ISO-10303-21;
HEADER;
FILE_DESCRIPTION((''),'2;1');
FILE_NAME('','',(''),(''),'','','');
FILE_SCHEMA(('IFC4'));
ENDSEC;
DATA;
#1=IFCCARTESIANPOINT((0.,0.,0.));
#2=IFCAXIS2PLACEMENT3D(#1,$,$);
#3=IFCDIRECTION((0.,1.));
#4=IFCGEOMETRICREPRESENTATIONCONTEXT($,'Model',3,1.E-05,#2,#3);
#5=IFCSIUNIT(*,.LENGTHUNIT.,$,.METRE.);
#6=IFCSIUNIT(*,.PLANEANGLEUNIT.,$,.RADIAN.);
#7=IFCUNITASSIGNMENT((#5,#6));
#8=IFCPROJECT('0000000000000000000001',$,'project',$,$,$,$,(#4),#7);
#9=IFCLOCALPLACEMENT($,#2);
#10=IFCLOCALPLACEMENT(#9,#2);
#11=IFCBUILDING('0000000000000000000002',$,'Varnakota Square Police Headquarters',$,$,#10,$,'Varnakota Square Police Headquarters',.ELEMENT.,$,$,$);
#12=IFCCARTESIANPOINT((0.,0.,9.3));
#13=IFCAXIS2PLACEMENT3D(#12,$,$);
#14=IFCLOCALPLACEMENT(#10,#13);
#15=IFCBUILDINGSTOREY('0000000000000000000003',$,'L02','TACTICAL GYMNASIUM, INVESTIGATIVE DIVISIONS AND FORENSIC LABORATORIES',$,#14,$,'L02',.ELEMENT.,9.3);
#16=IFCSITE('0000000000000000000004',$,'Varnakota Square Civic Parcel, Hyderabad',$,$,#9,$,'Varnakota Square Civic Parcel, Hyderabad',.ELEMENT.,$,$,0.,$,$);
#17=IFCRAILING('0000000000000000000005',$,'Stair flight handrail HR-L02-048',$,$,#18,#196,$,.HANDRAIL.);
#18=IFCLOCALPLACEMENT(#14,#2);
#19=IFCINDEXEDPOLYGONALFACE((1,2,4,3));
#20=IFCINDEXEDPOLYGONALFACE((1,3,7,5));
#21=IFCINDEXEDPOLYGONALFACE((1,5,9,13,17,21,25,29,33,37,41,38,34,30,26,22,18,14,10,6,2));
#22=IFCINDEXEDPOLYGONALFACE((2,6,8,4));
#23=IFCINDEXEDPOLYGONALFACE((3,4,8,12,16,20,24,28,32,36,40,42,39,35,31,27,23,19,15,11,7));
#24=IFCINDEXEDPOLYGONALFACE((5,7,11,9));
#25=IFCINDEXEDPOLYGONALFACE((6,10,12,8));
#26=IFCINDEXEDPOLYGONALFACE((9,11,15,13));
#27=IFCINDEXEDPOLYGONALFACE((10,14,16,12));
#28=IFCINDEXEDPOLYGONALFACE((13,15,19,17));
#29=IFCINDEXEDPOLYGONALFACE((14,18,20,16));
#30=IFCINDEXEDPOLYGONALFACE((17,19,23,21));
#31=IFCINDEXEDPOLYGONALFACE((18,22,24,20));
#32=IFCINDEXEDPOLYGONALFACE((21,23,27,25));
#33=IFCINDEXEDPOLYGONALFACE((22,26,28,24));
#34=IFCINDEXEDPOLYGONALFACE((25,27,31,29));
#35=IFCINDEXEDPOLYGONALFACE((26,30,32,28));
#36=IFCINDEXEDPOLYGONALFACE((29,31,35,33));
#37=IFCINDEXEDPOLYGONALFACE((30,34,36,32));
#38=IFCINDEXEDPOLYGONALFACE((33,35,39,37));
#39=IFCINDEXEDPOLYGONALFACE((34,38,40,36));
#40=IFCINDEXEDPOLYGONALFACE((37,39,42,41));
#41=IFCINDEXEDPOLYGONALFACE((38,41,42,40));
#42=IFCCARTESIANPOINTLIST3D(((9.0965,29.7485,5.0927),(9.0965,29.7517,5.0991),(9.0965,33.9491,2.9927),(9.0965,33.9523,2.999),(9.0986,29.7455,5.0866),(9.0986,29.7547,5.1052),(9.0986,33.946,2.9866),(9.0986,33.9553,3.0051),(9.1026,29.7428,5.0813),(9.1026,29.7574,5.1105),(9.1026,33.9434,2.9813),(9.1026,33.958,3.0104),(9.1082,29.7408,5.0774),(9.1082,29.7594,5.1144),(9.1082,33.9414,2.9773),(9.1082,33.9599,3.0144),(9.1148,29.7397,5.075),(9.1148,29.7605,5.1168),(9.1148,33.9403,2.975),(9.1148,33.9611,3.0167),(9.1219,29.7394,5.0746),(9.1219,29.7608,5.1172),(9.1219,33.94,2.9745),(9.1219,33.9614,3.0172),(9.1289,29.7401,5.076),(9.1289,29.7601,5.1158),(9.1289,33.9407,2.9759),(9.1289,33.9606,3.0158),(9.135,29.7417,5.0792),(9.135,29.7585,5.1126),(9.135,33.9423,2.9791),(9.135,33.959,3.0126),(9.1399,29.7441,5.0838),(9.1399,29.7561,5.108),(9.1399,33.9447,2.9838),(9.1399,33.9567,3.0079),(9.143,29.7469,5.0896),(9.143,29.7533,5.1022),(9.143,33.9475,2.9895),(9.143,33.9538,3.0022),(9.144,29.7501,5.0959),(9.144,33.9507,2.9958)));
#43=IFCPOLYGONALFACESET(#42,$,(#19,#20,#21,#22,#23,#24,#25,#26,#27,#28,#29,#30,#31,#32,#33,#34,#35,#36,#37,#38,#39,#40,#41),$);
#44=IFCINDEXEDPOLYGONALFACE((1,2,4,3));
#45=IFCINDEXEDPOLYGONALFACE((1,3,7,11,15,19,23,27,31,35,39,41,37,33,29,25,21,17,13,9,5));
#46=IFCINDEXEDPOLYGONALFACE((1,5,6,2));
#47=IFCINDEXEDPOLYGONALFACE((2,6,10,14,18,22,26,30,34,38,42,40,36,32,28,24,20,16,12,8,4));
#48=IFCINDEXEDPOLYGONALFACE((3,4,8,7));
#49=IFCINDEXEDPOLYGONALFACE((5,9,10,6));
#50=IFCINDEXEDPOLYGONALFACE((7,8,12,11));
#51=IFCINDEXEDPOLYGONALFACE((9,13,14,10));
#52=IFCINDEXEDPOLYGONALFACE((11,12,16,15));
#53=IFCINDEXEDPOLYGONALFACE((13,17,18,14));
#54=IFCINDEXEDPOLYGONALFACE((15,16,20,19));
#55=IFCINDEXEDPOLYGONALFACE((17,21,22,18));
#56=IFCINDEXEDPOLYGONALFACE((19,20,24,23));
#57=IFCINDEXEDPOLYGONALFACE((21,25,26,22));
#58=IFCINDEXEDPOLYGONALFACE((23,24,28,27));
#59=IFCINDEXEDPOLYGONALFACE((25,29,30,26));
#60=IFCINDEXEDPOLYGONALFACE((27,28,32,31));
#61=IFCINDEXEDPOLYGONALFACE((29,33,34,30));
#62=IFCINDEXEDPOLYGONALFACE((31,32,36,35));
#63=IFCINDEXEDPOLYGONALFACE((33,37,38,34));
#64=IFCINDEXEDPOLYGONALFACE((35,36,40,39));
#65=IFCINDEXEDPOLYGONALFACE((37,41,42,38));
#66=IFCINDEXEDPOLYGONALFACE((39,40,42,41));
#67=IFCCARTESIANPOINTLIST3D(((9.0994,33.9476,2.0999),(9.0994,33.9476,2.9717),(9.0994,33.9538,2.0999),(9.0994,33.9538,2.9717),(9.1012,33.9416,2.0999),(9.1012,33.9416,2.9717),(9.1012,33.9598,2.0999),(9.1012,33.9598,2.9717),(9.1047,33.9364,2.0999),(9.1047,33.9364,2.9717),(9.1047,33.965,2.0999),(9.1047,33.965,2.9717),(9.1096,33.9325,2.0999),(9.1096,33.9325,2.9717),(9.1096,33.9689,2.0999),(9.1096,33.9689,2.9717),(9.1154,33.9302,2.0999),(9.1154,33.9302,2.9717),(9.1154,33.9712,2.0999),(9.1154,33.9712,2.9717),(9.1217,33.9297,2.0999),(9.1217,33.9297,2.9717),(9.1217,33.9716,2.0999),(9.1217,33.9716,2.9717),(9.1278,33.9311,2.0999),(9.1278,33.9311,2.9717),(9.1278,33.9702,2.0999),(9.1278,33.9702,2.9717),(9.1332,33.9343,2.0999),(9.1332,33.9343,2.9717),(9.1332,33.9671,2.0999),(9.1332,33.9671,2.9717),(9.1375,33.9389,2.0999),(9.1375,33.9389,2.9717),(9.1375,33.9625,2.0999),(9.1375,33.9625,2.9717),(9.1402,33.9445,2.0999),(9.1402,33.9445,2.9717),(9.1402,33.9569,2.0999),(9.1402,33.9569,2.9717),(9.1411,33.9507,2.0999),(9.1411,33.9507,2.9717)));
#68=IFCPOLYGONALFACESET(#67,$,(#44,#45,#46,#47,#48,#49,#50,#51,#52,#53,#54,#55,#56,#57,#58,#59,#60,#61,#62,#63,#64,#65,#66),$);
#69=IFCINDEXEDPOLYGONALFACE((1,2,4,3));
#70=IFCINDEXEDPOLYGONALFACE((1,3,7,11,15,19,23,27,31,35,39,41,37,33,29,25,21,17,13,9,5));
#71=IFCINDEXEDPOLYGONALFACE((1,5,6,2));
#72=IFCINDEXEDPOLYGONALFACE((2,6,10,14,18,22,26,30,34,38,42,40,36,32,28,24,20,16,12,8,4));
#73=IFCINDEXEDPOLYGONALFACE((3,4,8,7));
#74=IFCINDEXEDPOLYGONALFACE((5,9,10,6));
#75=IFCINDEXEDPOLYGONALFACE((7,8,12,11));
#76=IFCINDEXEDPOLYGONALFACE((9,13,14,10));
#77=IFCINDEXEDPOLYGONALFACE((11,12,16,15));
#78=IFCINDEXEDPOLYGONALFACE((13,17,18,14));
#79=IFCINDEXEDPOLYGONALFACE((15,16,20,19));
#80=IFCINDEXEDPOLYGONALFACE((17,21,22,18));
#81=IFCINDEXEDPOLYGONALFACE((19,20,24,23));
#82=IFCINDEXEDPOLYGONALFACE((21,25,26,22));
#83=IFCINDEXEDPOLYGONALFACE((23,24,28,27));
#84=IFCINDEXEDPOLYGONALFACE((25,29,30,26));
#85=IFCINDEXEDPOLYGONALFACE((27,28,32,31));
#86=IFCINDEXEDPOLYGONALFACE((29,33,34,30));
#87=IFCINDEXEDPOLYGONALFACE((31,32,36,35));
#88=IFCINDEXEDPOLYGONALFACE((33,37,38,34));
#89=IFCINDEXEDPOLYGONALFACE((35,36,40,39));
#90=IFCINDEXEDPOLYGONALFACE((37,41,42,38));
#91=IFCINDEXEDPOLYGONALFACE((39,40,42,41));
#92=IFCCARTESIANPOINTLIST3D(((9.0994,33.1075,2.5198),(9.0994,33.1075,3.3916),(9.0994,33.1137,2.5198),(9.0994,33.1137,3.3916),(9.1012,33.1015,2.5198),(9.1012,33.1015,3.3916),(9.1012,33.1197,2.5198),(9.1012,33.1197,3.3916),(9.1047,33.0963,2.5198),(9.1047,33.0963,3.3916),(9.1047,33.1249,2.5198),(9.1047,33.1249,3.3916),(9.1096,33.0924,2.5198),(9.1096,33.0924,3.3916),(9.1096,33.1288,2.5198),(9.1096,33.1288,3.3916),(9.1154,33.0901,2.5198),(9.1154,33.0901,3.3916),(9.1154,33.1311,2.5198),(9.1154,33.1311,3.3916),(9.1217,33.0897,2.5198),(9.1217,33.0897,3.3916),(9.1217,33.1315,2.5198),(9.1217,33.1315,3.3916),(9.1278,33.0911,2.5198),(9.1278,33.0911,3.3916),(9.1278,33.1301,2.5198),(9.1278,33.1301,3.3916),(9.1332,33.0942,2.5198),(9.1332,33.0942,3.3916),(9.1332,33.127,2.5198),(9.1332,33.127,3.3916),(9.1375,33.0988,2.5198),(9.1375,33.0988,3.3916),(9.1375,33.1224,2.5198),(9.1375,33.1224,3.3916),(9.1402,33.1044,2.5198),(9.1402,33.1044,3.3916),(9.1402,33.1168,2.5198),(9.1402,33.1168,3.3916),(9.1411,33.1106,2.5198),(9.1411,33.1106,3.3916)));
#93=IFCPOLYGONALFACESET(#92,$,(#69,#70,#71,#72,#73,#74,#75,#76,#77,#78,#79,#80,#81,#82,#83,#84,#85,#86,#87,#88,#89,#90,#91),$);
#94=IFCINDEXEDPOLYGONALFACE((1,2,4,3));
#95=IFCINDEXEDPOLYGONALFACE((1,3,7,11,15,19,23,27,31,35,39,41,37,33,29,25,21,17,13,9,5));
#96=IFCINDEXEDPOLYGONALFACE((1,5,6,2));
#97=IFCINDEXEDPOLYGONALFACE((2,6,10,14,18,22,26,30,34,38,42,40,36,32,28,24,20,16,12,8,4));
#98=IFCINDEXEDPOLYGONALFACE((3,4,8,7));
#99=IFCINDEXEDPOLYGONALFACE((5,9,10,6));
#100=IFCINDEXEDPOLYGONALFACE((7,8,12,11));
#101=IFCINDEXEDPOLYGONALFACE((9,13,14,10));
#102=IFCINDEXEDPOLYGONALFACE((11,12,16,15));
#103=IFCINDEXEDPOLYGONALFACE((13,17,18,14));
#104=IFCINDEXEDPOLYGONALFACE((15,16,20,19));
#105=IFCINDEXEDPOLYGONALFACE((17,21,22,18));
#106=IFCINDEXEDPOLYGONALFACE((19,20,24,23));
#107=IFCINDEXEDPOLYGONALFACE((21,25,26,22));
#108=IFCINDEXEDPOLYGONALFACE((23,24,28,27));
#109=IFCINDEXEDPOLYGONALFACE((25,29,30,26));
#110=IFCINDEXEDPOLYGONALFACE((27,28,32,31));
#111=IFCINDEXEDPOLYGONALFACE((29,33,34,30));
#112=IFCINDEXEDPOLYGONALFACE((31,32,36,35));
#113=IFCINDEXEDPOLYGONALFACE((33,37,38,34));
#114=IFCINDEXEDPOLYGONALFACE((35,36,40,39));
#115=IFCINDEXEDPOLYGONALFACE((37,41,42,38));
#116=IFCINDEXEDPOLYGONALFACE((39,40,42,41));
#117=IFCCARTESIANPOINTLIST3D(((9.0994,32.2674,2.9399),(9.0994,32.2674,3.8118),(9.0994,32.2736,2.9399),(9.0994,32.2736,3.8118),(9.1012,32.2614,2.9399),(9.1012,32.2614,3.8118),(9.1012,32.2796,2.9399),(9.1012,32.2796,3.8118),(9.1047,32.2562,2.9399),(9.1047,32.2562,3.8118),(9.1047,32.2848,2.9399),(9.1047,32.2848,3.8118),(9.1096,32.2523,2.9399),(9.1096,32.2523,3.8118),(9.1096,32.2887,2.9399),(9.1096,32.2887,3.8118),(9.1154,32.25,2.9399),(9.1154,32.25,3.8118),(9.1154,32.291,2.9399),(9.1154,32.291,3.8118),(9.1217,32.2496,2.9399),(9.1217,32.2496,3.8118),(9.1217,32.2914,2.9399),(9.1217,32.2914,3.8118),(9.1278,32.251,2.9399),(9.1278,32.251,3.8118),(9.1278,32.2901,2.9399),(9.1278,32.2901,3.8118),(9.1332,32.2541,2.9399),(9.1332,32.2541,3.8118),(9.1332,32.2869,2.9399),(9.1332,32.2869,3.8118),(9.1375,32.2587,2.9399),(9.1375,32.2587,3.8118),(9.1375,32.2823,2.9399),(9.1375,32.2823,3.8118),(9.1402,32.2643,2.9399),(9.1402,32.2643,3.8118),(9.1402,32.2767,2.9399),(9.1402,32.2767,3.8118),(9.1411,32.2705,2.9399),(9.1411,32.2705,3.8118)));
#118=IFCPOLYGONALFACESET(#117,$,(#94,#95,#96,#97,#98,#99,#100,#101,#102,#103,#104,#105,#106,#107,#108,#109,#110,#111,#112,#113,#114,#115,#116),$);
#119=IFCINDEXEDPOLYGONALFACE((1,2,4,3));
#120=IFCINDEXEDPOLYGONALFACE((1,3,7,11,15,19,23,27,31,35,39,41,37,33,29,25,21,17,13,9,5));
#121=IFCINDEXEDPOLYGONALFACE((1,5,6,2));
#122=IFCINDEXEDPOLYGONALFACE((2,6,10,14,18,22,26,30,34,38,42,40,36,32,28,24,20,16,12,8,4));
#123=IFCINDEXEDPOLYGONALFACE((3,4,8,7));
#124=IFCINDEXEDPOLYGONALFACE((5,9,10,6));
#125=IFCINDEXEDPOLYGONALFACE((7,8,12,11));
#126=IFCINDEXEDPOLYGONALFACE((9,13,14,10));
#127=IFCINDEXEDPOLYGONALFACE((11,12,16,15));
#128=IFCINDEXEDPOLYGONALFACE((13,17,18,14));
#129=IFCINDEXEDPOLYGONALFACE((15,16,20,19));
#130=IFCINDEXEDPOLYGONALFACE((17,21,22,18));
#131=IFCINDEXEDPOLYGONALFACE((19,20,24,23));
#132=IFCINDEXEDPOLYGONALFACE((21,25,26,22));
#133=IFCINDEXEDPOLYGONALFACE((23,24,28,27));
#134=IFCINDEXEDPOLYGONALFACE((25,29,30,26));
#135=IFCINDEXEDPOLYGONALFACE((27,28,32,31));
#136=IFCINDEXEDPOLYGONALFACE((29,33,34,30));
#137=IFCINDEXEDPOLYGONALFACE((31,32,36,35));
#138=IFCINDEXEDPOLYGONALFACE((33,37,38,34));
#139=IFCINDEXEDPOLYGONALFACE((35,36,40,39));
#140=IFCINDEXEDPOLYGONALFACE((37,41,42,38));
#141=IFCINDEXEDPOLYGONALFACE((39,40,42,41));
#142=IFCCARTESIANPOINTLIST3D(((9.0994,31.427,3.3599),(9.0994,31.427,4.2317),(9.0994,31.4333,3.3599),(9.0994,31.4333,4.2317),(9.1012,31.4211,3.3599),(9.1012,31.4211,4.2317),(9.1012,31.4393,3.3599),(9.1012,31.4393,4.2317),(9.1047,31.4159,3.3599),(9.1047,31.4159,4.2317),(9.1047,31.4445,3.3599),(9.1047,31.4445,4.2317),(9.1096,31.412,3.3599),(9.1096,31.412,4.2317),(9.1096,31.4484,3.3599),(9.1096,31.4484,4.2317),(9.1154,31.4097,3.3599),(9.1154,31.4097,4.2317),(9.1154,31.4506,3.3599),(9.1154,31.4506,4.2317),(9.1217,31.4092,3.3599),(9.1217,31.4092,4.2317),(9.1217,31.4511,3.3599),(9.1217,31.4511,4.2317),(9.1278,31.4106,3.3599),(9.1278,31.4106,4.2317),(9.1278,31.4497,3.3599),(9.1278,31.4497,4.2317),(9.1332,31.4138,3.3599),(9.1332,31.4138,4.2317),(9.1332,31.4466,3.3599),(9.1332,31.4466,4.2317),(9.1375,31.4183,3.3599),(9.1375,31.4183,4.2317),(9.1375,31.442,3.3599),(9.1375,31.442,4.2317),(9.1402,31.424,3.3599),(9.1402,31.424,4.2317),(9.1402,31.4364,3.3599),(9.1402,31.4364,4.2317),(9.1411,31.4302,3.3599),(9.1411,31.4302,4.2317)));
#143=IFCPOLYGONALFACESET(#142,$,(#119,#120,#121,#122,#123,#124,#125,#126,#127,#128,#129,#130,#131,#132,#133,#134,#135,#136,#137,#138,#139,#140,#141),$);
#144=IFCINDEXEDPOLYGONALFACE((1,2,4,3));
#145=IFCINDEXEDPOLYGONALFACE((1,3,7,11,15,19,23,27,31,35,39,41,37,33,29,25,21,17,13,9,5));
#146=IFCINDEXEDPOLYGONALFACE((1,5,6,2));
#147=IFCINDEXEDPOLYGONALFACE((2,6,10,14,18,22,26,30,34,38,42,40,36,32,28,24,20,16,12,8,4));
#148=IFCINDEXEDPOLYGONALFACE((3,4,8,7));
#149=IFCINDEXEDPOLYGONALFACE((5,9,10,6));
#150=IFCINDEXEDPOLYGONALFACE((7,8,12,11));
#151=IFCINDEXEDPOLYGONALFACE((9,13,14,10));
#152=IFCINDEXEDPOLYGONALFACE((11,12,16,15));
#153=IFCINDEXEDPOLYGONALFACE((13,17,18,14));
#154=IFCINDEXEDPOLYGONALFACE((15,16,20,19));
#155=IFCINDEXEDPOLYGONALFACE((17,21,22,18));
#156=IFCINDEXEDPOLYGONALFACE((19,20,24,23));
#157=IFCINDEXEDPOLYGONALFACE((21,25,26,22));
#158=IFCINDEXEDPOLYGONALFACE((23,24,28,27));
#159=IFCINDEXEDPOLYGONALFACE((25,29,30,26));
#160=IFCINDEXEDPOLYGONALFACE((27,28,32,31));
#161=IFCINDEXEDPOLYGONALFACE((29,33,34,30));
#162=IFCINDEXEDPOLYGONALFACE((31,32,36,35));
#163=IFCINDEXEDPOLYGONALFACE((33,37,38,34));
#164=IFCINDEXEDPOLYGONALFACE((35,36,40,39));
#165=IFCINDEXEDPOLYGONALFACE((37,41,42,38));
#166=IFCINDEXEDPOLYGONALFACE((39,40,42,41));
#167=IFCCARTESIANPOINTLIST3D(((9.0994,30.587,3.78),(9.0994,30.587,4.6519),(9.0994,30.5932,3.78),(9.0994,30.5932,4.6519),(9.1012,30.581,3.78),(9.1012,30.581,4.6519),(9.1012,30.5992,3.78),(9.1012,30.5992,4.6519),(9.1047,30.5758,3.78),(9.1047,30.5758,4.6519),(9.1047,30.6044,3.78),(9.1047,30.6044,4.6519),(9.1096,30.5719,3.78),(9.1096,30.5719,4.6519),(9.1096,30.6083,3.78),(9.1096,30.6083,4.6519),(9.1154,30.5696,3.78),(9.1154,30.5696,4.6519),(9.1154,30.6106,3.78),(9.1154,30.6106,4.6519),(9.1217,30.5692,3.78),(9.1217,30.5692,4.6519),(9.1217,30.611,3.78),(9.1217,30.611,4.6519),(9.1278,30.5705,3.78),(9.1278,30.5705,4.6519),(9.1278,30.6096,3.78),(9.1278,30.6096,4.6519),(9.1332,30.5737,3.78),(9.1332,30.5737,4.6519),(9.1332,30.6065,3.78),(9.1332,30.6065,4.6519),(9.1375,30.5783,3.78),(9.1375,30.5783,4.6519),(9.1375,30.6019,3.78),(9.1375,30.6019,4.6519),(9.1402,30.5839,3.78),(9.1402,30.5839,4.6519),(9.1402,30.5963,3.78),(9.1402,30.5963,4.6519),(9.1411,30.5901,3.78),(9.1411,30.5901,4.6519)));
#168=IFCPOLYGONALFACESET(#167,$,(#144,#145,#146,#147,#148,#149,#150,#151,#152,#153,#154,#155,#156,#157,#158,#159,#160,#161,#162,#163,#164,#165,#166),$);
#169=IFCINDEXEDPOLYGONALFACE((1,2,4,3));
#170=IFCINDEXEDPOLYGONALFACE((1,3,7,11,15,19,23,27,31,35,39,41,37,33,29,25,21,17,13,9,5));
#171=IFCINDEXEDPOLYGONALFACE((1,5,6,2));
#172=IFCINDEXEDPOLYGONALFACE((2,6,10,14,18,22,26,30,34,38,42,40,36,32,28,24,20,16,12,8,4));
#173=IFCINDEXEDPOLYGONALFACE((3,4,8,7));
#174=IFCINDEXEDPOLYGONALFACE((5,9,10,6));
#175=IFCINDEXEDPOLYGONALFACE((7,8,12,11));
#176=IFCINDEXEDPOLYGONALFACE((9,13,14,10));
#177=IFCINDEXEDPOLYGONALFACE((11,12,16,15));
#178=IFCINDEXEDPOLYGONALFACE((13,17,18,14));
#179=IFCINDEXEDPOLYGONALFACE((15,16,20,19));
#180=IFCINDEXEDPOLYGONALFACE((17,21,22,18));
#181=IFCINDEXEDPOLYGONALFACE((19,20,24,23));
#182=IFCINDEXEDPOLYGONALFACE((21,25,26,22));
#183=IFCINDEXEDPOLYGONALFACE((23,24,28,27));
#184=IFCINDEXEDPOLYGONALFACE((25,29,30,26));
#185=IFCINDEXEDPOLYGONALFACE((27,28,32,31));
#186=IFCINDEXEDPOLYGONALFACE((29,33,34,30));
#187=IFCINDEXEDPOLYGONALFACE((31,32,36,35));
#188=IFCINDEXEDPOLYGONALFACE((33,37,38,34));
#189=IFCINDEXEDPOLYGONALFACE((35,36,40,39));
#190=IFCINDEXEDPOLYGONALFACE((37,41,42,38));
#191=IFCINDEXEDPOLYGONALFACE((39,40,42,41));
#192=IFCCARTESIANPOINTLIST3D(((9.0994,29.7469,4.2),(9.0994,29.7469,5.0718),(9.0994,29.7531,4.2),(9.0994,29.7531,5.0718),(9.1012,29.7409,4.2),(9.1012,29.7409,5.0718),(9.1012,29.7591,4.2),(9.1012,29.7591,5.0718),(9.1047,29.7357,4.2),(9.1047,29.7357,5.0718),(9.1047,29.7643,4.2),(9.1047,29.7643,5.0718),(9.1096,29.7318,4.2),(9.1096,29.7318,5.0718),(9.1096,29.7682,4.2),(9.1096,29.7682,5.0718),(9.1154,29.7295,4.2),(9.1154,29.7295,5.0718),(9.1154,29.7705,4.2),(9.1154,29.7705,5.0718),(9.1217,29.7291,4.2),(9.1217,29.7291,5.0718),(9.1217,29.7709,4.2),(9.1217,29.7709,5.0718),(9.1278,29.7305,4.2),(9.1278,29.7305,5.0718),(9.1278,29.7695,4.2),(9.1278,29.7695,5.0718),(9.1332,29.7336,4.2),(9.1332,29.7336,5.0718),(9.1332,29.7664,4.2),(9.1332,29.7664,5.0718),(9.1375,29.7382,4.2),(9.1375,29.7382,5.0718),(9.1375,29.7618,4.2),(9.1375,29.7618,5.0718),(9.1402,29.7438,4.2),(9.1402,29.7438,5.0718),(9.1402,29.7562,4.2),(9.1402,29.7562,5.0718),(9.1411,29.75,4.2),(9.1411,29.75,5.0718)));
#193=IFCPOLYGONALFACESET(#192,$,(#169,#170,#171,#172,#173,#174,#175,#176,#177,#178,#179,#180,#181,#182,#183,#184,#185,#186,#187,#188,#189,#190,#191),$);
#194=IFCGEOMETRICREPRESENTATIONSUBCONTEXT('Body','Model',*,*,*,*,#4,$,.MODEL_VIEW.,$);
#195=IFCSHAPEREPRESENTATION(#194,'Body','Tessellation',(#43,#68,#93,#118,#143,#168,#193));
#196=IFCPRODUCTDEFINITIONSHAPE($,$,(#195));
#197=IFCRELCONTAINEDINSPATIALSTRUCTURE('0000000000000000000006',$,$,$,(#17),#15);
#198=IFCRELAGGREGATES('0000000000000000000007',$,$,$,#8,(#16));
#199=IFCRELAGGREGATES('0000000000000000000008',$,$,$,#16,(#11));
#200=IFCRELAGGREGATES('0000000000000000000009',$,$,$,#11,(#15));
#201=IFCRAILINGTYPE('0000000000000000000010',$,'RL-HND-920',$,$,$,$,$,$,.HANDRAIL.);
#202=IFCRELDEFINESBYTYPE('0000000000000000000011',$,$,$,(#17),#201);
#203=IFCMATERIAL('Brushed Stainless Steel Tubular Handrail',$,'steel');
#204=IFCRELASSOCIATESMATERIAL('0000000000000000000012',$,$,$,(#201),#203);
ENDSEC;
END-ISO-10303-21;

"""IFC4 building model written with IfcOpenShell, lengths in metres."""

from ifc_helpers import new_model, si_unit, direction, frame, origin, origin_2d, place, context, subcontext, project, spatial, circle, extrude, material, type_object, element, save


model = new_model("IFC4")

# Units and contexts
model_context = context("Model", 3, precision=1e-05, world=origin(), true_north=direction((0.0, 1.0)))
body_context = subcontext(model_context, "Body", "Model", "MODEL_VIEW")
ifc_project = project(units=[si_unit("LENGTHUNIT", "METRE"), si_unit("PLANEANGLEUNIT", "RADIAN")], contexts=[model_context])

# Site, building, storey
site_placement = place(None, origin())
site = spatial("IfcSite", under=ifc_project, at=site_placement, Name="Varnakota Square Civic Parcel, Hyderabad", LongName="Varnakota Square Civic Parcel, Hyderabad", CompositionType="ELEMENT", RefElevation=0.0)
building_placement = place(site_placement, origin())
building = spatial("IfcBuilding", under=site, at=building_placement, Name="Varnakota Square Police Headquarters", LongName="Varnakota Square Police Headquarters", CompositionType="ELEMENT")
storey_placement = place(building_placement, frame((0.0, 0.0, 9.3)))
storey = spatial("IfcBuildingStorey", under=building, at=storey_placement, Name="L02", Description="TACTICAL GYMNASIUM, INVESTIGATIVE DIVISIONS AND FORENSIC LABORATORIES", LongName="L02", CompositionType="ELEMENT", Elevation=9.3)

# Railing
ifc_material_1 = material(Name="Brushed Stainless Steel Tubular Handrail", Category="steel")
railing_type = type_object("IfcRailingType", Name="RL-HND-920", PredefinedType="HANDRAIL", material=ifc_material_1)
railing_1_placement = place(storey_placement, frame((9.1201, 33.9507, 2.0999)))
element("IfcRailing", 1, at=railing_1_placement, inside=storey, type_object=railing_type, Name="Stair flight handrail HR-L02-048", PredefinedType="HANDRAIL", context=body_context, shape_type="SweptSolid", body=[
    extrude(circle(Radius=0.0239, at=origin_2d()), frame((0.0, 0.0, 0.896), z_axis=(0.0, -0.894448, 0.447172), x_axis=(1.0, 0.0, 0.0)), (0.0, 0.0, 1.0), 4.6963),
    extrude(circle(Radius=0.021, at=origin_2d()), origin(), (0.0, 0.0, 1.0), 0.8718),
    extrude(circle(Radius=0.021, at=origin_2d()), frame((0.0, -0.8401, 0.4199)), (0.0, 0.0, 1.0), 0.8718),
    extrude(circle(Radius=0.021, at=origin_2d()), frame((0.0, -1.6802, 0.8401)), (0.0, 0.0, 1.0), 0.8718),
    extrude(circle(Radius=0.021, at=origin_2d()), frame((0.0, -2.5205, 1.26)), (0.0, 0.0, 1.0), 0.8718),
    extrude(circle(Radius=0.021, at=origin_2d()), frame((0.0, -3.3606, 1.6802)), (0.0, 0.0, 1.0), 0.8718),
    extrude(circle(Radius=0.021, at=origin_2d()), frame((0.0, -4.2007, 2.1001)), (0.0, 0.0, 1.0), 0.8718),
])

save(model, "model.ifc")
